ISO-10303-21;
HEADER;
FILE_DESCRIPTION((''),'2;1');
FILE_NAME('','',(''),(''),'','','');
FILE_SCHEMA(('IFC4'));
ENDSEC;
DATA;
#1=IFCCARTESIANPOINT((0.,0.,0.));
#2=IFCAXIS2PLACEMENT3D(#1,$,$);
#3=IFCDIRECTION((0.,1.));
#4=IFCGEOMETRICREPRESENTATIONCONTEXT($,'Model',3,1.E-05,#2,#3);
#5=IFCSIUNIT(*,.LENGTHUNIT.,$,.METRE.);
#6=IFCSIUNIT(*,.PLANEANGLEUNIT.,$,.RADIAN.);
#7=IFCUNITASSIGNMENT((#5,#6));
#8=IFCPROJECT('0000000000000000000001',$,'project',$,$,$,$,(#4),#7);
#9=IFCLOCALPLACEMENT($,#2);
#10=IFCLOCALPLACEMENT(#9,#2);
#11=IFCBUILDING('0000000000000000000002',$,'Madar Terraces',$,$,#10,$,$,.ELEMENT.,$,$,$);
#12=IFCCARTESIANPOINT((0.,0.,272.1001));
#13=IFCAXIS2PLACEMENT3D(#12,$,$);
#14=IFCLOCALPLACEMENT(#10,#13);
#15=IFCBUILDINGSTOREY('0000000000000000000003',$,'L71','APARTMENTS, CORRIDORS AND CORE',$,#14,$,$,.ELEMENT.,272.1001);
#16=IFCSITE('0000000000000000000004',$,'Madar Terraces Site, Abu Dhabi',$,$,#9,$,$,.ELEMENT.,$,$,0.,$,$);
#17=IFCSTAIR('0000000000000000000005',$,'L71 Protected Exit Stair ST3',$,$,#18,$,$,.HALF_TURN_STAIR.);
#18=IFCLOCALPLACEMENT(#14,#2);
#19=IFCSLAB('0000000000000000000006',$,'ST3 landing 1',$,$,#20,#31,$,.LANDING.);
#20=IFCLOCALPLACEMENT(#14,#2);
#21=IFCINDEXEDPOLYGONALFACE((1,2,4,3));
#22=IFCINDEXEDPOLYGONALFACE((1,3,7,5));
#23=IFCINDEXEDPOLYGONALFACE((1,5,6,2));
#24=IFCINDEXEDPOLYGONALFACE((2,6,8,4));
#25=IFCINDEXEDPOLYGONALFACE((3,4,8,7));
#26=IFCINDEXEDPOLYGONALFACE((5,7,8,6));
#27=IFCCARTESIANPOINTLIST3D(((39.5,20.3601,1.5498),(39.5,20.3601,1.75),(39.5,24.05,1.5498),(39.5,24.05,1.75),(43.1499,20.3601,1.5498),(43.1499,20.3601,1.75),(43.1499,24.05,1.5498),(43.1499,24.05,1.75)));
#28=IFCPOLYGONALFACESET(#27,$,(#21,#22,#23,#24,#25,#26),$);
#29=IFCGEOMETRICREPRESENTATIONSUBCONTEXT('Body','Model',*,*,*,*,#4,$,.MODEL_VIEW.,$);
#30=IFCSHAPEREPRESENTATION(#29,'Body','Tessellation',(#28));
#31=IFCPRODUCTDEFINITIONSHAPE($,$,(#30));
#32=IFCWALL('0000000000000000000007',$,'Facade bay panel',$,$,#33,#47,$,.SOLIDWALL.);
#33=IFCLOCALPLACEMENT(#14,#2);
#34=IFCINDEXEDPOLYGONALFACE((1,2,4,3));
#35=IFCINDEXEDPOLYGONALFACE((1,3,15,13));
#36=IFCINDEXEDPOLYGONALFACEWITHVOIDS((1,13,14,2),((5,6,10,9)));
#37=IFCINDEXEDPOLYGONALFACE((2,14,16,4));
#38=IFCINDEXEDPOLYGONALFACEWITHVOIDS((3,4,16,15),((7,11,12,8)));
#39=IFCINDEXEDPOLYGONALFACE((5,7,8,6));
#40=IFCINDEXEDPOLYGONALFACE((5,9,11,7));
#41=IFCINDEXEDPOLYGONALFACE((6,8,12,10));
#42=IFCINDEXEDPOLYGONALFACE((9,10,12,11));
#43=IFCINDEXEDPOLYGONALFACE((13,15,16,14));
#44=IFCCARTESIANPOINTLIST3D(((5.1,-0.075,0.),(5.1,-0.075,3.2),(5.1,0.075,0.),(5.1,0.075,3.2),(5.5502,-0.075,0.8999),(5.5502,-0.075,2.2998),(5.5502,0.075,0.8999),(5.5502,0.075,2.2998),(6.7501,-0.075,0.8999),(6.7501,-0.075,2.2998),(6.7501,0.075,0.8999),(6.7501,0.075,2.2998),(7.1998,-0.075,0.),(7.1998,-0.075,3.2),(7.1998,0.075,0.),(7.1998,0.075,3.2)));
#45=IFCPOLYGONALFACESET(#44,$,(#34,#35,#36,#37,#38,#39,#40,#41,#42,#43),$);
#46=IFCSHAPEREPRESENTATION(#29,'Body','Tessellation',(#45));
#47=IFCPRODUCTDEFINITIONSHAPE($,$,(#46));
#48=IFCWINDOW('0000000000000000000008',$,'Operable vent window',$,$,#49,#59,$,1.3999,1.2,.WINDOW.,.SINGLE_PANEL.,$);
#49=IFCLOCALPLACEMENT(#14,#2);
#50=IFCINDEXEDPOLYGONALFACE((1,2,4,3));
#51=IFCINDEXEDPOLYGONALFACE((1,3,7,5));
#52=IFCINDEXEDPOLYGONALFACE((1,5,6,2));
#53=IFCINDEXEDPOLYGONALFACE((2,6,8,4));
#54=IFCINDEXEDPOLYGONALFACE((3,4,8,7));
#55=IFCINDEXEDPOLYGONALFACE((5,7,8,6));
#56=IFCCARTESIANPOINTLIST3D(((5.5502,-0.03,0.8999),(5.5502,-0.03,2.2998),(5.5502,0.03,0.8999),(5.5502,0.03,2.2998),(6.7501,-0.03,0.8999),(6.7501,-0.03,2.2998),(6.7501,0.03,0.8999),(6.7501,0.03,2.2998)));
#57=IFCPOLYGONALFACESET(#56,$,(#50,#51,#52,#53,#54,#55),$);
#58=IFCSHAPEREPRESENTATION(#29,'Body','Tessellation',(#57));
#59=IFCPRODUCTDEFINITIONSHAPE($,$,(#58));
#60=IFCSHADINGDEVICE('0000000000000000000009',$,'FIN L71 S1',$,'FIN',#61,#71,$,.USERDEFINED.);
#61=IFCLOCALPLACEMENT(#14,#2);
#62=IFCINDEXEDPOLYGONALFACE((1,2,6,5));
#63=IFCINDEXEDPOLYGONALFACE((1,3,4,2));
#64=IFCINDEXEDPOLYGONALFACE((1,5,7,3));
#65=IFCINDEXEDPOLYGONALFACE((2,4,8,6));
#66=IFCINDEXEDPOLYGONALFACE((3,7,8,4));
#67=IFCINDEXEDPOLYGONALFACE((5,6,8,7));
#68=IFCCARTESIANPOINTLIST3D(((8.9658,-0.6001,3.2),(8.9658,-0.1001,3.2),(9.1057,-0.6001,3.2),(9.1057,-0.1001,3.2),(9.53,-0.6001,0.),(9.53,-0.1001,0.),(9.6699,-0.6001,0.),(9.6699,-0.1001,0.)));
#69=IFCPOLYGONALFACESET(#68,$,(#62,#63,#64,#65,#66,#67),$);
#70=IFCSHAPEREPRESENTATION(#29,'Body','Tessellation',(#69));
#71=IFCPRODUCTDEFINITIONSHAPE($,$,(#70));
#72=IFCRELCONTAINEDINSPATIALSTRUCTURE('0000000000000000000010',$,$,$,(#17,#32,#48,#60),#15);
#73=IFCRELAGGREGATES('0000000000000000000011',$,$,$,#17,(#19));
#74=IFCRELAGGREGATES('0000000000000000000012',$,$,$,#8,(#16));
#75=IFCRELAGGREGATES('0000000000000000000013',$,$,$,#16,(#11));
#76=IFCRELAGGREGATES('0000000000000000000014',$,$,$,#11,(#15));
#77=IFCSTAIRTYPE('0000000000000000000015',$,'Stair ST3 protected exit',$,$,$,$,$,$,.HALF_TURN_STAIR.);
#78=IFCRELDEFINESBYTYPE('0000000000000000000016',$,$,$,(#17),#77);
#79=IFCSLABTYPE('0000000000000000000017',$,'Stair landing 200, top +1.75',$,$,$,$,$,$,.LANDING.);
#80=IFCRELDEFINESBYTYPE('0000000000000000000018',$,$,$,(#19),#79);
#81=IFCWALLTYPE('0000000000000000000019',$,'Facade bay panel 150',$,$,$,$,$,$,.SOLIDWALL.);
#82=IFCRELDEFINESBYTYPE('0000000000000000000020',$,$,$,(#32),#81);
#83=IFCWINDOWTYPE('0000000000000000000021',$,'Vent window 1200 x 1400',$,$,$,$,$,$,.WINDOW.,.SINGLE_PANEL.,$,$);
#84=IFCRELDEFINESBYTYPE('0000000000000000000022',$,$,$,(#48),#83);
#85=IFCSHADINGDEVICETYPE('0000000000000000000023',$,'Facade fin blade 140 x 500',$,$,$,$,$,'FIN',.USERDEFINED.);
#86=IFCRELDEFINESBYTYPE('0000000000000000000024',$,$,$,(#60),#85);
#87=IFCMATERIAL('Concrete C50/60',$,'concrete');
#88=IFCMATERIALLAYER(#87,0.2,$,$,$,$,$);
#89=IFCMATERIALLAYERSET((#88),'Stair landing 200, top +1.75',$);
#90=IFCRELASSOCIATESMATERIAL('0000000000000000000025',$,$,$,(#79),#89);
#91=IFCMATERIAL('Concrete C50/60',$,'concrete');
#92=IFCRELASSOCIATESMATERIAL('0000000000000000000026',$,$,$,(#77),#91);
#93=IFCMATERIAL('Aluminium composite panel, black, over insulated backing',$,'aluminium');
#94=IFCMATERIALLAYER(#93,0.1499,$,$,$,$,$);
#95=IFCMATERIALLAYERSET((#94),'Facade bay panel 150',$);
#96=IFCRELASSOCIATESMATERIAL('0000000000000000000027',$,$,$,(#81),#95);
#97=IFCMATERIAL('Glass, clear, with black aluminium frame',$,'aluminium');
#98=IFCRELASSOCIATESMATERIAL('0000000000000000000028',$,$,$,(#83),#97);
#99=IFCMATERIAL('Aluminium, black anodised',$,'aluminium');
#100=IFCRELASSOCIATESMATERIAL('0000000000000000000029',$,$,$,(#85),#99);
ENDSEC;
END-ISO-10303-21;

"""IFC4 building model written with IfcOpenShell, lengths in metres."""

from ifc_helpers import new_model, si_unit, direction, frame, frame_2d, origin, place, context, subcontext, project, spatial, polyline, rectangle, outline, extrude, material, layer, layer_set, type_object, element, fill, aggregate, save


model = new_model("IFC4")

# Units and contexts
model_context = context("Model", 3, precision=1e-05, world=origin(), true_north=direction((0.0, 1.0)))
body_context = subcontext(model_context, "Body", "Model", "MODEL_VIEW")
ifc_project = project(units=[si_unit("LENGTHUNIT", "METRE"), si_unit("PLANEANGLEUNIT", "RADIAN")], contexts=[model_context])

# Site, building, storey
site_placement = place(None, origin())
site = spatial("IfcSite", under=ifc_project, at=site_placement, Name="Madar Terraces Site, Abu Dhabi", CompositionType="ELEMENT", RefElevation=0.0)
building_placement = place(site_placement, origin())
building = spatial("IfcBuilding", under=site, at=building_placement, Name="Madar Terraces", CompositionType="ELEMENT")
storey_placement = place(building_placement, frame((0.0, 0.0, 272.1001)))
storey = spatial("IfcBuildingStorey", under=building, at=storey_placement, Name="L71", Description="APARTMENTS, CORRIDORS AND CORE", CompositionType="ELEMENT", Elevation=272.1001)

# Stair, slab
ifc_material_1 = material(Name="Concrete C50/60", Category="concrete")
ifc_layer_1 = layer(ifc_material_1, 0.2)
ifc_layer_set_1 = layer_set([ifc_layer_1], Name="Stair landing 200, top +1.75")
slab_type_1 = type_object("IfcSlabType", Name="Stair landing 200, top +1.75", PredefinedType="LANDING", material=ifc_layer_set_1)
ifc_material_2 = material(Name="Concrete C50/60", Category="concrete")
stair_type_1 = type_object("IfcStairType", Name="Stair ST3 protected exit", PredefinedType="HALF_TURN_STAIR", material=ifc_material_2)
stair_1_placement = place(storey_placement, origin())
stair_1 = element("IfcStair", 1, at=stair_1_placement, inside=storey, type_object=stair_type_1, Name="L71 Protected Exit Stair ST3", PredefinedType="HALF_TURN_STAIR")
slab_1_placement = place(storey_placement, frame((0.0, 0.0, 1.5498)))
slab_1 = element("IfcSlab", 2, at=slab_1_placement, type_object=slab_type_1, Name="ST3 landing 1", PredefinedType="LANDING", context=body_context, shape_type="SweptSolid", body=[
    extrude(outline(polyline([(39.5, 20.3601), (43.1499, 20.3601), (43.1499, 24.05), (39.5, 24.05), (39.5, 20.3601)])), origin(), (0.0, 0.0, 1.0), 0.2002),
])
aggregate(stair_1, [slab_1])

# Wall, opening, window
ifc_material_3 = material(Name="Aluminium composite panel, black, over insulated backing", Category="aluminium")
ifc_layer_2 = layer(ifc_material_3, 0.1499)
ifc_layer_set_2 = layer_set([ifc_layer_2], Name="Facade bay panel 150")
wall_type = type_object("IfcWallType", Name="Facade bay panel 150", PredefinedType="SOLIDWALL", material=ifc_layer_set_2)
wall_placement = place(storey_placement, frame((5.1001, 0.0, 0.0), z_axis=(0.0, 0.0, 1.0), x_axis=(1.0, 0.0, 0.0)))
wall = element("IfcWall", 3, at=wall_placement, inside=storey, type_object=wall_type, Name="Facade bay panel", PredefinedType="SOLIDWALL", context=body_context, shape_type="SweptSolid", body=[
    extrude(rectangle(XDim=2.0999, YDim=0.1499, at=frame_2d((1.0498, 0.0))), origin(), (0.0, 0.0, 1.0), 3.2),
])
opening_placement = place(wall_placement, frame((0.45, 0.0, 0.8999)))
opening = element("IfcOpeningElement", 4, at=opening_placement, cuts=wall, PredefinedType="OPENING", context=body_context, shape_type="SweptSolid", body=[
    extrude(rectangle(XDim=1.2, YDim=1.3999, at=frame_2d((0.6001, 0.7))), frame((0.0, 0.085, 0.0), z_axis=(0.0, -1.0, 0.0), x_axis=(1.0, 0.0, 0.0)), (0.0, 0.0, 1.0), 0.1699),
])
ifc_material_4 = material(Name="Glass, clear, with black aluminium frame", Category="aluminium")
window_type = type_object("IfcWindowType", Name="Vent window 1200 x 1400", PartitioningType="SINGLE_PANEL", PredefinedType="WINDOW", material=ifc_material_4)
window_placement = place(opening_placement, origin())
window = element("IfcWindow", 5, at=window_placement, inside=storey, type_object=window_type, Name="Operable vent window", OverallHeight=1.3999, OverallWidth=1.2, PartitioningType="SINGLE_PANEL", PredefinedType="WINDOW", context=body_context, shape_type="SweptSolid", body=[
    extrude(rectangle(XDim=1.2, YDim=1.3999, at=frame_2d((0.6001, 0.7))), frame((0.0, 0.03, 0.0), z_axis=(0.0, -1.0, 0.0), x_axis=(1.0, 0.0, 0.0)), (0.0, 0.0, 1.0), 0.0601),
])
fill(opening, window)

# Shading device
ifc_material_5 = material(Name="Aluminium, black anodised", Category="aluminium")
shading_device_type = type_object("IfcShadingDeviceType", Name="Facade fin blade 140 x 500", ElementType="FIN", PredefinedType="USERDEFINED", material=ifc_material_5)
shading_device_placement = place(storey_placement, frame((9.53, -0.3501, 0.0), z_axis=(0.0, 0.0, 1.0), x_axis=(1.0, 0.0, 0.0)))
element("IfcShadingDevice", 6, at=shading_device_placement, inside=storey, type_object=shading_device_type, Name="FIN L71 S1", ObjectType="FIN", PredefinedType="USERDEFINED", context=body_context, shape_type="SweptSolid", body=[
    extrude(outline(polyline([(0.0, 0.0), (0.1399, 0.0), (-0.4243, 3.2), (-0.5642, 3.2), (0.0, 0.0)])), frame((0.0, 0.25, 0.0), z_axis=(0.0, -1.0, 0.0), x_axis=(1.0, 0.0, 0.0)), (0.0, 0.0, 1.0), 0.5),
])

save(model, "model.ifc")
